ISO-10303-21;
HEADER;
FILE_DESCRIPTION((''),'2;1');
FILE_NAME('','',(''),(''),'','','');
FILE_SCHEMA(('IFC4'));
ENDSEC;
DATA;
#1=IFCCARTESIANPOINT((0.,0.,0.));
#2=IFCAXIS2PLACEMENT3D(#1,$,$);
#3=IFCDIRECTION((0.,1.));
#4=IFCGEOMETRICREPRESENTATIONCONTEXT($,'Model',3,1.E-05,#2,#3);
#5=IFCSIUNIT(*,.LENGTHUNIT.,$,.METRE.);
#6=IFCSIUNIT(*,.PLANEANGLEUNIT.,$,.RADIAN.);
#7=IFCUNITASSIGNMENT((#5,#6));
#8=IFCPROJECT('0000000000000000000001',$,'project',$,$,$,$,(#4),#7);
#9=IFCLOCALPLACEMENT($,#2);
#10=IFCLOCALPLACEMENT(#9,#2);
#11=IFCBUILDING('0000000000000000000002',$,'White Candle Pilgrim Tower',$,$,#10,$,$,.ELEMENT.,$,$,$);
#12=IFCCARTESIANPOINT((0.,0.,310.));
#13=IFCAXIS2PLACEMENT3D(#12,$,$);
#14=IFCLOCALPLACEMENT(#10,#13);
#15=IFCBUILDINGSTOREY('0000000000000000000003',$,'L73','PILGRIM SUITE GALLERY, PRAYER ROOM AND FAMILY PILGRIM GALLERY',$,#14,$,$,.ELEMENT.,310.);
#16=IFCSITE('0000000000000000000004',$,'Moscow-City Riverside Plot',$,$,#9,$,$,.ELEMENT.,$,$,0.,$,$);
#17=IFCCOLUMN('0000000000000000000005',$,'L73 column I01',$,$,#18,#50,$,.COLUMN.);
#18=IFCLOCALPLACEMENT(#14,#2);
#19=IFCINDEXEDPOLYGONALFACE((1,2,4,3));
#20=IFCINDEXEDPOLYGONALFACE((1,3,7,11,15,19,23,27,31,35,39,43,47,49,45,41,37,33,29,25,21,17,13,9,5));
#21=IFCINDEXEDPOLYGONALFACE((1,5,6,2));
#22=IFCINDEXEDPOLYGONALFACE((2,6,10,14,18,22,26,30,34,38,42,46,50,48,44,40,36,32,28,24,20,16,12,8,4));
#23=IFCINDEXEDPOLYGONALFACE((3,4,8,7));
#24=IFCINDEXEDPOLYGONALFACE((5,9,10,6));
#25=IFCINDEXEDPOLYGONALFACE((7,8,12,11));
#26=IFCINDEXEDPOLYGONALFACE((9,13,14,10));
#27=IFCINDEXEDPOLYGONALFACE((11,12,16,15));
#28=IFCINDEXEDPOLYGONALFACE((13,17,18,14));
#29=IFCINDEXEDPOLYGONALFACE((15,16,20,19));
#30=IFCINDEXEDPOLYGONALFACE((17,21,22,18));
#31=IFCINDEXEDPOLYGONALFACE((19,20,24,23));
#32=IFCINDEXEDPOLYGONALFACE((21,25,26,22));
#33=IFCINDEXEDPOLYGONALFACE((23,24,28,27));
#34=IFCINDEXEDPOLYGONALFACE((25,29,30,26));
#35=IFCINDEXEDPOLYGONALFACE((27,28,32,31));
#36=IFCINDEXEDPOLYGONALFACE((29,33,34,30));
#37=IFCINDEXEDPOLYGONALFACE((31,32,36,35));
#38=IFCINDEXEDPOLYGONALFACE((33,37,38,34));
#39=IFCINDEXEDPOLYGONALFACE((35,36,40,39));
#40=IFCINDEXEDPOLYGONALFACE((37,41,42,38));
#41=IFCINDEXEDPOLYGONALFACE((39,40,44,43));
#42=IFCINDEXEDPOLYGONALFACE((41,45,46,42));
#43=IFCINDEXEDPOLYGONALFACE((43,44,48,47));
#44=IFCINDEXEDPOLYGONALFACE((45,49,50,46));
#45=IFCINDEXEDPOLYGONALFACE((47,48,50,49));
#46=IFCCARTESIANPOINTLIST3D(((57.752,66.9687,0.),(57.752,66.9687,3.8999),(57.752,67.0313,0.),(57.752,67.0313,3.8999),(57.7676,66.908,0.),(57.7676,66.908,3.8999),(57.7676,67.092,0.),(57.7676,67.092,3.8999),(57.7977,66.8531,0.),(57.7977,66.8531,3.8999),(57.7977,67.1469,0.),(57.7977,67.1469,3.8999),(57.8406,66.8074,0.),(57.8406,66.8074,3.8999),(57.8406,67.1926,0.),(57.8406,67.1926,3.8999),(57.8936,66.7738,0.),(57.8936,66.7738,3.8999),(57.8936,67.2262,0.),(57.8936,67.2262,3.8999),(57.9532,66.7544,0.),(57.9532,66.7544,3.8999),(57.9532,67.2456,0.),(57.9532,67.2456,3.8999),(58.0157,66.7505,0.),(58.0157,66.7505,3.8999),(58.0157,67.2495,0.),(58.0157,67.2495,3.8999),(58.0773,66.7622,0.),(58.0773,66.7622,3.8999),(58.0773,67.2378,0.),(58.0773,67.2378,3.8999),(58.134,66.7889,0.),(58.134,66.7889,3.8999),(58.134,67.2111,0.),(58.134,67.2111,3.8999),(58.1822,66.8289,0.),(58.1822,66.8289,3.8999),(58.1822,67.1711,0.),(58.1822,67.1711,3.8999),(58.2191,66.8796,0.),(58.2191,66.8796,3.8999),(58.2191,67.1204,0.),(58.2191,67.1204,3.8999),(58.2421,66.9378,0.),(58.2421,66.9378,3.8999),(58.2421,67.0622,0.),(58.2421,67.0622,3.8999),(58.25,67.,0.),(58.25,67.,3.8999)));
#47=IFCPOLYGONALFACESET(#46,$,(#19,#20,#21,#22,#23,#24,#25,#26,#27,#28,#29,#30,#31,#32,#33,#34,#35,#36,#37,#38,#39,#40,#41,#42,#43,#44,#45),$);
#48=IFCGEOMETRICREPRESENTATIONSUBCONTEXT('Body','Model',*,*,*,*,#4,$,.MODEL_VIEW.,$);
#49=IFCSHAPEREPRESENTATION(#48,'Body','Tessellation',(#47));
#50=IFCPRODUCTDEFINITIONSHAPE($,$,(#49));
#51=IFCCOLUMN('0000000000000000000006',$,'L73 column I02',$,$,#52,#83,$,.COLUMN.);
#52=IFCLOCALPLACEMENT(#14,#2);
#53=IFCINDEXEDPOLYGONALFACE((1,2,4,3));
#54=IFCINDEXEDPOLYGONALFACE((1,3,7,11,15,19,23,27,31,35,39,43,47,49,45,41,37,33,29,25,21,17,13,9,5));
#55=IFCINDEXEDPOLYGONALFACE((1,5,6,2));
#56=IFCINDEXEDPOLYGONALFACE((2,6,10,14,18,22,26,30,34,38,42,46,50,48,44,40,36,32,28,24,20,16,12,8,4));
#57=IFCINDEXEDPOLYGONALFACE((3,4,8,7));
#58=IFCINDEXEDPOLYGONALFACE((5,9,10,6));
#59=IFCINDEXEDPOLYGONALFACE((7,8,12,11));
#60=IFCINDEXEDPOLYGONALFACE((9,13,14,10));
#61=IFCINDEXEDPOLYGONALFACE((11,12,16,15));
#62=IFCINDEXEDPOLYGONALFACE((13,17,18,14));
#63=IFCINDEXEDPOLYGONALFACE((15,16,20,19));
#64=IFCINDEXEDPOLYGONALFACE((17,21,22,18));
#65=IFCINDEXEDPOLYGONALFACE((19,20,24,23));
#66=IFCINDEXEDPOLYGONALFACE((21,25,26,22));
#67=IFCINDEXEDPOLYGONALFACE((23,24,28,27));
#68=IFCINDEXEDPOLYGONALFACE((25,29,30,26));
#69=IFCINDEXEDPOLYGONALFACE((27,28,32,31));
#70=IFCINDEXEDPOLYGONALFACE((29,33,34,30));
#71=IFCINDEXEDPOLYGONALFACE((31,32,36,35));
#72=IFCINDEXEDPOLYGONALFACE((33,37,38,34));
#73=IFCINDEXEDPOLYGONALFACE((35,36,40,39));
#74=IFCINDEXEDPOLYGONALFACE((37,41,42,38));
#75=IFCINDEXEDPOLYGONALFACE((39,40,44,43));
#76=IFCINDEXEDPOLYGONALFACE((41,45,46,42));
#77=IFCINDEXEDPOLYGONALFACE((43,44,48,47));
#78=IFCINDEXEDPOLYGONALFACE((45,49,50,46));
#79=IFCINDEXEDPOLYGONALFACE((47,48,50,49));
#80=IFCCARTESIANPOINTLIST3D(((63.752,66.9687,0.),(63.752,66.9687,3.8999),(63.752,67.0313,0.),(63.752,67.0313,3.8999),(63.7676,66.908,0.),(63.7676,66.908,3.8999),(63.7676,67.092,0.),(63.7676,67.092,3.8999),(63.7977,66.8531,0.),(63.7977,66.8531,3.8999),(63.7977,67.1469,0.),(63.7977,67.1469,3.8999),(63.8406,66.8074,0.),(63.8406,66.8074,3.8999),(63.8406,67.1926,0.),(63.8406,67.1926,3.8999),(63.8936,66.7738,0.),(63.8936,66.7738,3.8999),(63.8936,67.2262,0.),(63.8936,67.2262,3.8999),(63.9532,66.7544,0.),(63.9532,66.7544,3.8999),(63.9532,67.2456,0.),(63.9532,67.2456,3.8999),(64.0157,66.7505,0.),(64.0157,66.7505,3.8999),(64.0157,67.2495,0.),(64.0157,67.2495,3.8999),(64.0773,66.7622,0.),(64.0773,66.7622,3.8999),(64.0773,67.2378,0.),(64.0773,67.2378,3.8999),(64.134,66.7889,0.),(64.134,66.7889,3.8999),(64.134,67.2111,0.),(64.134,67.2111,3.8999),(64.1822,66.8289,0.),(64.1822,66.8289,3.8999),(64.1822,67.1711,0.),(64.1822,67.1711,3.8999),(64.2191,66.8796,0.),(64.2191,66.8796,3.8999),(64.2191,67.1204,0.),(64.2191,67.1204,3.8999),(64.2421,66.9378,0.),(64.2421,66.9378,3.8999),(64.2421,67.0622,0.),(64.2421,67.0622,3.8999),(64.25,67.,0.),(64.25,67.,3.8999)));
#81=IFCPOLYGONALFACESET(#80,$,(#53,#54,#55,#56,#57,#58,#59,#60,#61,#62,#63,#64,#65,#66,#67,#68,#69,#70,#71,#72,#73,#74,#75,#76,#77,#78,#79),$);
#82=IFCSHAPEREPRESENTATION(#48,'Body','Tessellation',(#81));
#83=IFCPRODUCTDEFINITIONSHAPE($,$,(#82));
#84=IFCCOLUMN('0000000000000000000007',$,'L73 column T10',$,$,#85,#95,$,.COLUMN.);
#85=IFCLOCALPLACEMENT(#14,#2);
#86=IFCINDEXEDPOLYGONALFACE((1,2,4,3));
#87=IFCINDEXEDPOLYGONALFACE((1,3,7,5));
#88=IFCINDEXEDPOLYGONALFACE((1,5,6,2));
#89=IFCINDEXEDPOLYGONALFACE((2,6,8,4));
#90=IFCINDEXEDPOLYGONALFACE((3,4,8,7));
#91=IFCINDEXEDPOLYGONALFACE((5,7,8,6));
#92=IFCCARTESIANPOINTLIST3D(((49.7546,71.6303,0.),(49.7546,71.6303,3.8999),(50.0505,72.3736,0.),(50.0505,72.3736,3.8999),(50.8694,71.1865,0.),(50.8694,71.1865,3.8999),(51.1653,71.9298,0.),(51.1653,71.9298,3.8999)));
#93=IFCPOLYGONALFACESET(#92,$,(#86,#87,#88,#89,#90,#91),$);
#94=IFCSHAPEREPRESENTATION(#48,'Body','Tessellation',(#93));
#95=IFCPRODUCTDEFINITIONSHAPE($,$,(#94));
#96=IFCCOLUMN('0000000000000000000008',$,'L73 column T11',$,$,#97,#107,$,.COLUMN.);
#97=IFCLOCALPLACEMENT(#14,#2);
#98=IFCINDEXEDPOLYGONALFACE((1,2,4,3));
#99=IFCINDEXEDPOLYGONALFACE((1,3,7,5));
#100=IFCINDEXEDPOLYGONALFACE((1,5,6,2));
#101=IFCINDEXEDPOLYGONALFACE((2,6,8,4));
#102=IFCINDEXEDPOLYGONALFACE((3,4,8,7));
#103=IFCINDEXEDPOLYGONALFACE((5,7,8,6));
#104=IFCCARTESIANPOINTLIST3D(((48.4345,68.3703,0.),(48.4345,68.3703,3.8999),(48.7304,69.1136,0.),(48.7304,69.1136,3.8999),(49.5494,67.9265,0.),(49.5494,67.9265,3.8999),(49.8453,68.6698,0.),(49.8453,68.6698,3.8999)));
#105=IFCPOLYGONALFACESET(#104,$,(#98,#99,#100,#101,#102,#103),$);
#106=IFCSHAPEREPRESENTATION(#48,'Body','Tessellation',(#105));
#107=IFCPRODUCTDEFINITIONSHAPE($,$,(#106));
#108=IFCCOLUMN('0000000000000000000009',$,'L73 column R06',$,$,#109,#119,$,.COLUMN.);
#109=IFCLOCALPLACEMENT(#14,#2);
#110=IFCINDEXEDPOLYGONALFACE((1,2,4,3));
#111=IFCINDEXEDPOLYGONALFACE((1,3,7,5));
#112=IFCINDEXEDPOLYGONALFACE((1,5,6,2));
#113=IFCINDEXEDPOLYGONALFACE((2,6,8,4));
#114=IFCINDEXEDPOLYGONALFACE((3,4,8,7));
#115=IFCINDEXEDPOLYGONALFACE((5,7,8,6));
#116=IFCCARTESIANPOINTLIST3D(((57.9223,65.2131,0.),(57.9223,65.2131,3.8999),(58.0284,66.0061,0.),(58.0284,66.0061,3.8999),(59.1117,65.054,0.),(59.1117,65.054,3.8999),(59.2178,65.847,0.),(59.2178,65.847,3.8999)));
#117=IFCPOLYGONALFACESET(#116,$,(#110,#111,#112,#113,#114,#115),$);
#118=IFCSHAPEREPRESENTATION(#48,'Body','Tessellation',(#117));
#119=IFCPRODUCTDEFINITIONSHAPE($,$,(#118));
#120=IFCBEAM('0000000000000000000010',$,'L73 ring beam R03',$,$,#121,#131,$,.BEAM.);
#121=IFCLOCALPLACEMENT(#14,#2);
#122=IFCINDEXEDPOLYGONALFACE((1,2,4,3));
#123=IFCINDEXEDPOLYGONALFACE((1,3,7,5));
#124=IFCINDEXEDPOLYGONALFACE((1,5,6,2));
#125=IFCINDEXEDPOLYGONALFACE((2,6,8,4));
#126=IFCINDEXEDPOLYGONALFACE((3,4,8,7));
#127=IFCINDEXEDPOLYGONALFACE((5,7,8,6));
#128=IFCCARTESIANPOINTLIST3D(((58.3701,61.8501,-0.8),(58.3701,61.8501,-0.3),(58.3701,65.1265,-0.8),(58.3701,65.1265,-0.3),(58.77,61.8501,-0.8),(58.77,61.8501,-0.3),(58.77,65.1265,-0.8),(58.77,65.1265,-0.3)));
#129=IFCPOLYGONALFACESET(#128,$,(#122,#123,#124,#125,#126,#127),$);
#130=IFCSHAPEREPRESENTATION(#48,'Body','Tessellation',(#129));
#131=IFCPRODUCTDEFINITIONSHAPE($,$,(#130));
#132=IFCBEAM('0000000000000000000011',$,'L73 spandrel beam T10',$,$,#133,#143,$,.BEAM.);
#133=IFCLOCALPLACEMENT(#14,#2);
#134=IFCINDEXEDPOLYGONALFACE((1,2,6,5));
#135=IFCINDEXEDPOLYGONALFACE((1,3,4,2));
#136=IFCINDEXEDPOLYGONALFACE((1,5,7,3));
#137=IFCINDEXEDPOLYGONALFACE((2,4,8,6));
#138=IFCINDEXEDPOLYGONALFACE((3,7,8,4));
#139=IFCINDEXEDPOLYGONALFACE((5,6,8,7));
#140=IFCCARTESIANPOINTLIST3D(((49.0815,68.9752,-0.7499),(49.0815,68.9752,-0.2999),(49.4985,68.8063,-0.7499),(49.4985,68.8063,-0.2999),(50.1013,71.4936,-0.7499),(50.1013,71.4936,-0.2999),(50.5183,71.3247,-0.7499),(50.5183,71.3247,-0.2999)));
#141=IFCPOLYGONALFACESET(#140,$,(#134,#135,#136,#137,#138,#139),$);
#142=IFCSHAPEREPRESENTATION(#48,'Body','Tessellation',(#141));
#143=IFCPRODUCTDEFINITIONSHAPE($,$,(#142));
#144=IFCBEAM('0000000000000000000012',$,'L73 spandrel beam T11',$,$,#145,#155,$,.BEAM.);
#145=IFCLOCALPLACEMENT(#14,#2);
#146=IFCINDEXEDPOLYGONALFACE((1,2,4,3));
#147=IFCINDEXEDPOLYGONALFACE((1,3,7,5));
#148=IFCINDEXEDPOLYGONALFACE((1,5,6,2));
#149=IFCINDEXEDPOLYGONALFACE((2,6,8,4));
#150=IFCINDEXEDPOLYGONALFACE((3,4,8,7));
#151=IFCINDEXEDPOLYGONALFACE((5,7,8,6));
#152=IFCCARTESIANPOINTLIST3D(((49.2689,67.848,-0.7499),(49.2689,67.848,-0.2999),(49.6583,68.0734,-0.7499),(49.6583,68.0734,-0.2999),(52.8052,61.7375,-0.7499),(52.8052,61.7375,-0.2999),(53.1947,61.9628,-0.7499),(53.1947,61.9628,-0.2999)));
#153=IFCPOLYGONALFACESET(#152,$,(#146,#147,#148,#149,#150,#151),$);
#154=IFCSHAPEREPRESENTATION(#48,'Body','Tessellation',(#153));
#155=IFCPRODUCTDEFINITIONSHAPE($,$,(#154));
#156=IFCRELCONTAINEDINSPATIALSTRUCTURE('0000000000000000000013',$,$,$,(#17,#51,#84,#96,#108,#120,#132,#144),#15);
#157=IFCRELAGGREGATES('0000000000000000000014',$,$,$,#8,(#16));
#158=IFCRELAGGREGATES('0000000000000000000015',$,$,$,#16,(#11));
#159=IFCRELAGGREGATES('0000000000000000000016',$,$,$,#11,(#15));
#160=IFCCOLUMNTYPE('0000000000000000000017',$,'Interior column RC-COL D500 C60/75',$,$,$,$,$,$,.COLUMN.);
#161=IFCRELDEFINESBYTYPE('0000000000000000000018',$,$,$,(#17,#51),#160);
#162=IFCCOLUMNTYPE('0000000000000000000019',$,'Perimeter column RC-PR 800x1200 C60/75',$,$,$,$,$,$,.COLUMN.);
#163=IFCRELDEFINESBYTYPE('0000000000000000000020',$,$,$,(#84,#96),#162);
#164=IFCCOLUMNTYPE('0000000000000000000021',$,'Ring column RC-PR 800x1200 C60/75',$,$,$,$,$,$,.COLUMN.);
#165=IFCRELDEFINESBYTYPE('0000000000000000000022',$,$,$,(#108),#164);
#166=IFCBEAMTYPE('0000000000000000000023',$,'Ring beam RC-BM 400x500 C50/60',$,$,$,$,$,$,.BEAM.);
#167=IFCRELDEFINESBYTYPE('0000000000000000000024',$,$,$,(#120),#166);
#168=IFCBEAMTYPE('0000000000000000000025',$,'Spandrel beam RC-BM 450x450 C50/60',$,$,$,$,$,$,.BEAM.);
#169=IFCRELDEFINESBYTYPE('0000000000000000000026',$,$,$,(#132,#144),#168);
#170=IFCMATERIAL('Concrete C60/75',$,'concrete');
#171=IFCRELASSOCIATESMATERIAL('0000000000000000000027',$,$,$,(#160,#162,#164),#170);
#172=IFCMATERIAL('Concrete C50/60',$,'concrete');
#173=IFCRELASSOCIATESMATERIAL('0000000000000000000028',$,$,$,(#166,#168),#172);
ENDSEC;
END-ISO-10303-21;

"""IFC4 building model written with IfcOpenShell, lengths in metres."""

from ifc_helpers import new_model, si_unit, direction, frame, origin, origin_2d, place, context, subcontext, project, spatial, rectangle, circle, extrude, material, material_profile, profile_set, type_object, element, save


model = new_model("IFC4")

# Units and contexts
model_context = context("Model", 3, precision=1e-05, world=origin(), true_north=direction((0.0, 1.0)))
body_context = subcontext(model_context, "Body", "Model", "MODEL_VIEW")
ifc_project = project(units=[si_unit("LENGTHUNIT", "METRE"), si_unit("PLANEANGLEUNIT", "RADIAN")], contexts=[model_context])

# Site, building, storey
site_placement = place(None, origin())
site = spatial("IfcSite", under=ifc_project, at=site_placement, Name="Moscow-City Riverside Plot", CompositionType="ELEMENT", RefElevation=0.0)
building_placement = place(site_placement, origin())
building = spatial("IfcBuilding", under=site, at=building_placement, Name="White Candle Pilgrim Tower", CompositionType="ELEMENT")
storey_placement = place(building_placement, frame((0.0, 0.0, 310.0)))
storey = spatial("IfcBuildingStorey", under=building, at=storey_placement, Name="L73", Description="PILGRIM SUITE GALLERY, PRAYER ROOM AND FAMILY PILGRIM GALLERY", CompositionType="ELEMENT", Elevation=310.0)

# Columns
ifc_material_1 = material(Name="Concrete C60/75", Category="concrete")
ifc_material_profile_1 = material_profile(ifc_material_1, circle(Radius=0.25, at=origin_2d()), Name="RC-COL D500")
ifc_profile_set_1 = profile_set([ifc_material_profile_1], Name="Concrete C60/75")
column_type_1 = type_object("IfcColumnType", Name="Interior column RC-COL D500 C60/75", PredefinedType="COLUMN", material=ifc_profile_set_1)
for number, where, z_axis, x_axis, name in (
    (1, (58.0, 67.0, 0.0), (0.0, 0.0, 1.0), (1.0, 0.0, 0.0), "L73 column I01"),
    (2, (64.0, 67.0, 0.0), (0.0, 0.0, 1.0), (1.0, 0.0, 0.0), "L73 column I02"),
):
    element("IfcColumn", number, at=place(storey_placement, frame(where, z_axis=z_axis, x_axis=x_axis)), inside=storey, type_object=column_type_1, Name=name, PredefinedType="COLUMN", context=body_context, shape_type="SweptSolid", body=[
        extrude(circle(Radius=0.25, at=origin_2d()), origin(), (0.0, 0.0, 1.0), 3.8999),
    ])
ifc_material_profile_2 = material_profile(ifc_material_1, rectangle(XDim=0.8, YDim=1.2, at=origin_2d()), Name="RC-PR 800x1200")
ifc_profile_set_2 = profile_set([ifc_material_profile_2], Name="Concrete C60/75")
column_type_2 = type_object("IfcColumnType", Name="Perimeter column RC-PR 800x1200 C60/75", PredefinedType="COLUMN", material=ifc_profile_set_2)
for number, where, z_axis, x_axis, name in (
    (3, (50.46, 71.78, 0.0), (0.0, 0.0, 1.0), (0.36986, 0.929087, 0.0), "L73 column T10"),
    (4, (49.1399, 68.52, 0.0), (0.0, 0.0, 1.0), (0.36986, 0.929087, 0.0), "L73 column T11"),
):
    element("IfcColumn", number, at=place(storey_placement, frame(where, z_axis=z_axis, x_axis=x_axis)), inside=storey, type_object=column_type_2, Name=name, PredefinedType="COLUMN", context=body_context, shape_type="SweptSolid", body=[
        extrude(rectangle(XDim=0.8, YDim=1.2, at=origin_2d()), origin(), (0.0, 0.0, 1.0), 3.8999),
    ])
ifc_material_profile_3 = material_profile(ifc_material_1, rectangle(XDim=0.8, YDim=1.2, at=origin_2d()), Name="RC-PR 800x1200")
ifc_profile_set_3 = profile_set([ifc_material_profile_3], Name="Concrete C60/75")
column_type_3 = type_object("IfcColumnType", Name="Ring column RC-PR 800x1200 C60/75", PredefinedType="COLUMN", material=ifc_profile_set_3)
column_placement = place(storey_placement, frame((58.5701, 65.53, 0.0), z_axis=(0.0, 0.0, 1.0), x_axis=(0.132602, 0.991169, 0.0)))
element("IfcColumn", 5, at=column_placement, inside=storey, type_object=column_type_3, Name="L73 column R06", PredefinedType="COLUMN", context=body_context, shape_type="SweptSolid", body=[
    extrude(rectangle(XDim=0.8, YDim=1.2, at=origin_2d()), origin(), (0.0, 0.0, 1.0), 3.8999),
])

# Beams
ifc_material_2 = material(Name="Concrete C50/60", Category="concrete")
ifc_material_profile_4 = material_profile(ifc_material_2, rectangle(XDim=0.3999, YDim=0.5, at=origin_2d()), Name="RC-BM 400x500")
ifc_profile_set_4 = profile_set([ifc_material_profile_4], Name="Concrete C50/60")
beam_type_1 = type_object("IfcBeamType", Name="Ring beam RC-BM 400x500 C50/60", PredefinedType="BEAM", material=ifc_profile_set_4)
beam_1_placement = place(storey_placement, frame((58.5701, 65.1265, -0.55), z_axis=(0.0, -1.0, 0.0), x_axis=(1.0, 0.0, 0.0)))
element("IfcBeam", 6, at=beam_1_placement, inside=storey, type_object=beam_type_1, Name="L73 ring beam R03", PredefinedType="BEAM", context=body_context, shape_type="SweptSolid", body=[
    extrude(rectangle(XDim=0.3999, YDim=0.5, at=origin_2d()), origin(), (0.0, 0.0, 1.0), 3.2764),
])
ifc_material_profile_5 = material_profile(ifc_material_2, rectangle(XDim=0.45, YDim=0.45, at=origin_2d()), Name="RC-BM 450x450")
ifc_profile_set_5 = profile_set([ifc_material_profile_5], Name="Concrete C50/60")
beam_type_2 = type_object("IfcBeamType", Name="Spandrel beam RC-BM 450x450 C50/60", PredefinedType="BEAM", material=ifc_profile_set_5)
beam_2_placement = place(storey_placement, frame((50.3098, 71.4092, -0.5249), z_axis=(-0.375338, -0.926888, 0.0), x_axis=(0.926888, -0.375338, 0.0)))
element("IfcBeam", 7, at=beam_2_placement, inside=storey, type_object=beam_type_2, Name="L73 spandrel beam T10", PredefinedType="BEAM", context=body_context, shape_type="SweptSolid", body=[
    extrude(rectangle(XDim=0.45, YDim=0.45, at=origin_2d()), origin(), (0.0, 0.0, 1.0), 2.717),
])
beam_3_placement = place(storey_placement, frame((49.4636, 67.9607, -0.5249), z_axis=(0.500894, -0.865508, 0.0), x_axis=(0.865508, 0.500894, 0.0)))
element("IfcBeam", 8, at=beam_3_placement, inside=storey, type_object=beam_type_2, Name="L73 spandrel beam T11", PredefinedType="BEAM", context=body_context, shape_type="SweptSolid", body=[
    extrude(rectangle(XDim=0.45, YDim=0.45, at=origin_2d()), origin(), (0.0, 0.0, 1.0), 7.0601),
])

save(model, "model.ifc")
